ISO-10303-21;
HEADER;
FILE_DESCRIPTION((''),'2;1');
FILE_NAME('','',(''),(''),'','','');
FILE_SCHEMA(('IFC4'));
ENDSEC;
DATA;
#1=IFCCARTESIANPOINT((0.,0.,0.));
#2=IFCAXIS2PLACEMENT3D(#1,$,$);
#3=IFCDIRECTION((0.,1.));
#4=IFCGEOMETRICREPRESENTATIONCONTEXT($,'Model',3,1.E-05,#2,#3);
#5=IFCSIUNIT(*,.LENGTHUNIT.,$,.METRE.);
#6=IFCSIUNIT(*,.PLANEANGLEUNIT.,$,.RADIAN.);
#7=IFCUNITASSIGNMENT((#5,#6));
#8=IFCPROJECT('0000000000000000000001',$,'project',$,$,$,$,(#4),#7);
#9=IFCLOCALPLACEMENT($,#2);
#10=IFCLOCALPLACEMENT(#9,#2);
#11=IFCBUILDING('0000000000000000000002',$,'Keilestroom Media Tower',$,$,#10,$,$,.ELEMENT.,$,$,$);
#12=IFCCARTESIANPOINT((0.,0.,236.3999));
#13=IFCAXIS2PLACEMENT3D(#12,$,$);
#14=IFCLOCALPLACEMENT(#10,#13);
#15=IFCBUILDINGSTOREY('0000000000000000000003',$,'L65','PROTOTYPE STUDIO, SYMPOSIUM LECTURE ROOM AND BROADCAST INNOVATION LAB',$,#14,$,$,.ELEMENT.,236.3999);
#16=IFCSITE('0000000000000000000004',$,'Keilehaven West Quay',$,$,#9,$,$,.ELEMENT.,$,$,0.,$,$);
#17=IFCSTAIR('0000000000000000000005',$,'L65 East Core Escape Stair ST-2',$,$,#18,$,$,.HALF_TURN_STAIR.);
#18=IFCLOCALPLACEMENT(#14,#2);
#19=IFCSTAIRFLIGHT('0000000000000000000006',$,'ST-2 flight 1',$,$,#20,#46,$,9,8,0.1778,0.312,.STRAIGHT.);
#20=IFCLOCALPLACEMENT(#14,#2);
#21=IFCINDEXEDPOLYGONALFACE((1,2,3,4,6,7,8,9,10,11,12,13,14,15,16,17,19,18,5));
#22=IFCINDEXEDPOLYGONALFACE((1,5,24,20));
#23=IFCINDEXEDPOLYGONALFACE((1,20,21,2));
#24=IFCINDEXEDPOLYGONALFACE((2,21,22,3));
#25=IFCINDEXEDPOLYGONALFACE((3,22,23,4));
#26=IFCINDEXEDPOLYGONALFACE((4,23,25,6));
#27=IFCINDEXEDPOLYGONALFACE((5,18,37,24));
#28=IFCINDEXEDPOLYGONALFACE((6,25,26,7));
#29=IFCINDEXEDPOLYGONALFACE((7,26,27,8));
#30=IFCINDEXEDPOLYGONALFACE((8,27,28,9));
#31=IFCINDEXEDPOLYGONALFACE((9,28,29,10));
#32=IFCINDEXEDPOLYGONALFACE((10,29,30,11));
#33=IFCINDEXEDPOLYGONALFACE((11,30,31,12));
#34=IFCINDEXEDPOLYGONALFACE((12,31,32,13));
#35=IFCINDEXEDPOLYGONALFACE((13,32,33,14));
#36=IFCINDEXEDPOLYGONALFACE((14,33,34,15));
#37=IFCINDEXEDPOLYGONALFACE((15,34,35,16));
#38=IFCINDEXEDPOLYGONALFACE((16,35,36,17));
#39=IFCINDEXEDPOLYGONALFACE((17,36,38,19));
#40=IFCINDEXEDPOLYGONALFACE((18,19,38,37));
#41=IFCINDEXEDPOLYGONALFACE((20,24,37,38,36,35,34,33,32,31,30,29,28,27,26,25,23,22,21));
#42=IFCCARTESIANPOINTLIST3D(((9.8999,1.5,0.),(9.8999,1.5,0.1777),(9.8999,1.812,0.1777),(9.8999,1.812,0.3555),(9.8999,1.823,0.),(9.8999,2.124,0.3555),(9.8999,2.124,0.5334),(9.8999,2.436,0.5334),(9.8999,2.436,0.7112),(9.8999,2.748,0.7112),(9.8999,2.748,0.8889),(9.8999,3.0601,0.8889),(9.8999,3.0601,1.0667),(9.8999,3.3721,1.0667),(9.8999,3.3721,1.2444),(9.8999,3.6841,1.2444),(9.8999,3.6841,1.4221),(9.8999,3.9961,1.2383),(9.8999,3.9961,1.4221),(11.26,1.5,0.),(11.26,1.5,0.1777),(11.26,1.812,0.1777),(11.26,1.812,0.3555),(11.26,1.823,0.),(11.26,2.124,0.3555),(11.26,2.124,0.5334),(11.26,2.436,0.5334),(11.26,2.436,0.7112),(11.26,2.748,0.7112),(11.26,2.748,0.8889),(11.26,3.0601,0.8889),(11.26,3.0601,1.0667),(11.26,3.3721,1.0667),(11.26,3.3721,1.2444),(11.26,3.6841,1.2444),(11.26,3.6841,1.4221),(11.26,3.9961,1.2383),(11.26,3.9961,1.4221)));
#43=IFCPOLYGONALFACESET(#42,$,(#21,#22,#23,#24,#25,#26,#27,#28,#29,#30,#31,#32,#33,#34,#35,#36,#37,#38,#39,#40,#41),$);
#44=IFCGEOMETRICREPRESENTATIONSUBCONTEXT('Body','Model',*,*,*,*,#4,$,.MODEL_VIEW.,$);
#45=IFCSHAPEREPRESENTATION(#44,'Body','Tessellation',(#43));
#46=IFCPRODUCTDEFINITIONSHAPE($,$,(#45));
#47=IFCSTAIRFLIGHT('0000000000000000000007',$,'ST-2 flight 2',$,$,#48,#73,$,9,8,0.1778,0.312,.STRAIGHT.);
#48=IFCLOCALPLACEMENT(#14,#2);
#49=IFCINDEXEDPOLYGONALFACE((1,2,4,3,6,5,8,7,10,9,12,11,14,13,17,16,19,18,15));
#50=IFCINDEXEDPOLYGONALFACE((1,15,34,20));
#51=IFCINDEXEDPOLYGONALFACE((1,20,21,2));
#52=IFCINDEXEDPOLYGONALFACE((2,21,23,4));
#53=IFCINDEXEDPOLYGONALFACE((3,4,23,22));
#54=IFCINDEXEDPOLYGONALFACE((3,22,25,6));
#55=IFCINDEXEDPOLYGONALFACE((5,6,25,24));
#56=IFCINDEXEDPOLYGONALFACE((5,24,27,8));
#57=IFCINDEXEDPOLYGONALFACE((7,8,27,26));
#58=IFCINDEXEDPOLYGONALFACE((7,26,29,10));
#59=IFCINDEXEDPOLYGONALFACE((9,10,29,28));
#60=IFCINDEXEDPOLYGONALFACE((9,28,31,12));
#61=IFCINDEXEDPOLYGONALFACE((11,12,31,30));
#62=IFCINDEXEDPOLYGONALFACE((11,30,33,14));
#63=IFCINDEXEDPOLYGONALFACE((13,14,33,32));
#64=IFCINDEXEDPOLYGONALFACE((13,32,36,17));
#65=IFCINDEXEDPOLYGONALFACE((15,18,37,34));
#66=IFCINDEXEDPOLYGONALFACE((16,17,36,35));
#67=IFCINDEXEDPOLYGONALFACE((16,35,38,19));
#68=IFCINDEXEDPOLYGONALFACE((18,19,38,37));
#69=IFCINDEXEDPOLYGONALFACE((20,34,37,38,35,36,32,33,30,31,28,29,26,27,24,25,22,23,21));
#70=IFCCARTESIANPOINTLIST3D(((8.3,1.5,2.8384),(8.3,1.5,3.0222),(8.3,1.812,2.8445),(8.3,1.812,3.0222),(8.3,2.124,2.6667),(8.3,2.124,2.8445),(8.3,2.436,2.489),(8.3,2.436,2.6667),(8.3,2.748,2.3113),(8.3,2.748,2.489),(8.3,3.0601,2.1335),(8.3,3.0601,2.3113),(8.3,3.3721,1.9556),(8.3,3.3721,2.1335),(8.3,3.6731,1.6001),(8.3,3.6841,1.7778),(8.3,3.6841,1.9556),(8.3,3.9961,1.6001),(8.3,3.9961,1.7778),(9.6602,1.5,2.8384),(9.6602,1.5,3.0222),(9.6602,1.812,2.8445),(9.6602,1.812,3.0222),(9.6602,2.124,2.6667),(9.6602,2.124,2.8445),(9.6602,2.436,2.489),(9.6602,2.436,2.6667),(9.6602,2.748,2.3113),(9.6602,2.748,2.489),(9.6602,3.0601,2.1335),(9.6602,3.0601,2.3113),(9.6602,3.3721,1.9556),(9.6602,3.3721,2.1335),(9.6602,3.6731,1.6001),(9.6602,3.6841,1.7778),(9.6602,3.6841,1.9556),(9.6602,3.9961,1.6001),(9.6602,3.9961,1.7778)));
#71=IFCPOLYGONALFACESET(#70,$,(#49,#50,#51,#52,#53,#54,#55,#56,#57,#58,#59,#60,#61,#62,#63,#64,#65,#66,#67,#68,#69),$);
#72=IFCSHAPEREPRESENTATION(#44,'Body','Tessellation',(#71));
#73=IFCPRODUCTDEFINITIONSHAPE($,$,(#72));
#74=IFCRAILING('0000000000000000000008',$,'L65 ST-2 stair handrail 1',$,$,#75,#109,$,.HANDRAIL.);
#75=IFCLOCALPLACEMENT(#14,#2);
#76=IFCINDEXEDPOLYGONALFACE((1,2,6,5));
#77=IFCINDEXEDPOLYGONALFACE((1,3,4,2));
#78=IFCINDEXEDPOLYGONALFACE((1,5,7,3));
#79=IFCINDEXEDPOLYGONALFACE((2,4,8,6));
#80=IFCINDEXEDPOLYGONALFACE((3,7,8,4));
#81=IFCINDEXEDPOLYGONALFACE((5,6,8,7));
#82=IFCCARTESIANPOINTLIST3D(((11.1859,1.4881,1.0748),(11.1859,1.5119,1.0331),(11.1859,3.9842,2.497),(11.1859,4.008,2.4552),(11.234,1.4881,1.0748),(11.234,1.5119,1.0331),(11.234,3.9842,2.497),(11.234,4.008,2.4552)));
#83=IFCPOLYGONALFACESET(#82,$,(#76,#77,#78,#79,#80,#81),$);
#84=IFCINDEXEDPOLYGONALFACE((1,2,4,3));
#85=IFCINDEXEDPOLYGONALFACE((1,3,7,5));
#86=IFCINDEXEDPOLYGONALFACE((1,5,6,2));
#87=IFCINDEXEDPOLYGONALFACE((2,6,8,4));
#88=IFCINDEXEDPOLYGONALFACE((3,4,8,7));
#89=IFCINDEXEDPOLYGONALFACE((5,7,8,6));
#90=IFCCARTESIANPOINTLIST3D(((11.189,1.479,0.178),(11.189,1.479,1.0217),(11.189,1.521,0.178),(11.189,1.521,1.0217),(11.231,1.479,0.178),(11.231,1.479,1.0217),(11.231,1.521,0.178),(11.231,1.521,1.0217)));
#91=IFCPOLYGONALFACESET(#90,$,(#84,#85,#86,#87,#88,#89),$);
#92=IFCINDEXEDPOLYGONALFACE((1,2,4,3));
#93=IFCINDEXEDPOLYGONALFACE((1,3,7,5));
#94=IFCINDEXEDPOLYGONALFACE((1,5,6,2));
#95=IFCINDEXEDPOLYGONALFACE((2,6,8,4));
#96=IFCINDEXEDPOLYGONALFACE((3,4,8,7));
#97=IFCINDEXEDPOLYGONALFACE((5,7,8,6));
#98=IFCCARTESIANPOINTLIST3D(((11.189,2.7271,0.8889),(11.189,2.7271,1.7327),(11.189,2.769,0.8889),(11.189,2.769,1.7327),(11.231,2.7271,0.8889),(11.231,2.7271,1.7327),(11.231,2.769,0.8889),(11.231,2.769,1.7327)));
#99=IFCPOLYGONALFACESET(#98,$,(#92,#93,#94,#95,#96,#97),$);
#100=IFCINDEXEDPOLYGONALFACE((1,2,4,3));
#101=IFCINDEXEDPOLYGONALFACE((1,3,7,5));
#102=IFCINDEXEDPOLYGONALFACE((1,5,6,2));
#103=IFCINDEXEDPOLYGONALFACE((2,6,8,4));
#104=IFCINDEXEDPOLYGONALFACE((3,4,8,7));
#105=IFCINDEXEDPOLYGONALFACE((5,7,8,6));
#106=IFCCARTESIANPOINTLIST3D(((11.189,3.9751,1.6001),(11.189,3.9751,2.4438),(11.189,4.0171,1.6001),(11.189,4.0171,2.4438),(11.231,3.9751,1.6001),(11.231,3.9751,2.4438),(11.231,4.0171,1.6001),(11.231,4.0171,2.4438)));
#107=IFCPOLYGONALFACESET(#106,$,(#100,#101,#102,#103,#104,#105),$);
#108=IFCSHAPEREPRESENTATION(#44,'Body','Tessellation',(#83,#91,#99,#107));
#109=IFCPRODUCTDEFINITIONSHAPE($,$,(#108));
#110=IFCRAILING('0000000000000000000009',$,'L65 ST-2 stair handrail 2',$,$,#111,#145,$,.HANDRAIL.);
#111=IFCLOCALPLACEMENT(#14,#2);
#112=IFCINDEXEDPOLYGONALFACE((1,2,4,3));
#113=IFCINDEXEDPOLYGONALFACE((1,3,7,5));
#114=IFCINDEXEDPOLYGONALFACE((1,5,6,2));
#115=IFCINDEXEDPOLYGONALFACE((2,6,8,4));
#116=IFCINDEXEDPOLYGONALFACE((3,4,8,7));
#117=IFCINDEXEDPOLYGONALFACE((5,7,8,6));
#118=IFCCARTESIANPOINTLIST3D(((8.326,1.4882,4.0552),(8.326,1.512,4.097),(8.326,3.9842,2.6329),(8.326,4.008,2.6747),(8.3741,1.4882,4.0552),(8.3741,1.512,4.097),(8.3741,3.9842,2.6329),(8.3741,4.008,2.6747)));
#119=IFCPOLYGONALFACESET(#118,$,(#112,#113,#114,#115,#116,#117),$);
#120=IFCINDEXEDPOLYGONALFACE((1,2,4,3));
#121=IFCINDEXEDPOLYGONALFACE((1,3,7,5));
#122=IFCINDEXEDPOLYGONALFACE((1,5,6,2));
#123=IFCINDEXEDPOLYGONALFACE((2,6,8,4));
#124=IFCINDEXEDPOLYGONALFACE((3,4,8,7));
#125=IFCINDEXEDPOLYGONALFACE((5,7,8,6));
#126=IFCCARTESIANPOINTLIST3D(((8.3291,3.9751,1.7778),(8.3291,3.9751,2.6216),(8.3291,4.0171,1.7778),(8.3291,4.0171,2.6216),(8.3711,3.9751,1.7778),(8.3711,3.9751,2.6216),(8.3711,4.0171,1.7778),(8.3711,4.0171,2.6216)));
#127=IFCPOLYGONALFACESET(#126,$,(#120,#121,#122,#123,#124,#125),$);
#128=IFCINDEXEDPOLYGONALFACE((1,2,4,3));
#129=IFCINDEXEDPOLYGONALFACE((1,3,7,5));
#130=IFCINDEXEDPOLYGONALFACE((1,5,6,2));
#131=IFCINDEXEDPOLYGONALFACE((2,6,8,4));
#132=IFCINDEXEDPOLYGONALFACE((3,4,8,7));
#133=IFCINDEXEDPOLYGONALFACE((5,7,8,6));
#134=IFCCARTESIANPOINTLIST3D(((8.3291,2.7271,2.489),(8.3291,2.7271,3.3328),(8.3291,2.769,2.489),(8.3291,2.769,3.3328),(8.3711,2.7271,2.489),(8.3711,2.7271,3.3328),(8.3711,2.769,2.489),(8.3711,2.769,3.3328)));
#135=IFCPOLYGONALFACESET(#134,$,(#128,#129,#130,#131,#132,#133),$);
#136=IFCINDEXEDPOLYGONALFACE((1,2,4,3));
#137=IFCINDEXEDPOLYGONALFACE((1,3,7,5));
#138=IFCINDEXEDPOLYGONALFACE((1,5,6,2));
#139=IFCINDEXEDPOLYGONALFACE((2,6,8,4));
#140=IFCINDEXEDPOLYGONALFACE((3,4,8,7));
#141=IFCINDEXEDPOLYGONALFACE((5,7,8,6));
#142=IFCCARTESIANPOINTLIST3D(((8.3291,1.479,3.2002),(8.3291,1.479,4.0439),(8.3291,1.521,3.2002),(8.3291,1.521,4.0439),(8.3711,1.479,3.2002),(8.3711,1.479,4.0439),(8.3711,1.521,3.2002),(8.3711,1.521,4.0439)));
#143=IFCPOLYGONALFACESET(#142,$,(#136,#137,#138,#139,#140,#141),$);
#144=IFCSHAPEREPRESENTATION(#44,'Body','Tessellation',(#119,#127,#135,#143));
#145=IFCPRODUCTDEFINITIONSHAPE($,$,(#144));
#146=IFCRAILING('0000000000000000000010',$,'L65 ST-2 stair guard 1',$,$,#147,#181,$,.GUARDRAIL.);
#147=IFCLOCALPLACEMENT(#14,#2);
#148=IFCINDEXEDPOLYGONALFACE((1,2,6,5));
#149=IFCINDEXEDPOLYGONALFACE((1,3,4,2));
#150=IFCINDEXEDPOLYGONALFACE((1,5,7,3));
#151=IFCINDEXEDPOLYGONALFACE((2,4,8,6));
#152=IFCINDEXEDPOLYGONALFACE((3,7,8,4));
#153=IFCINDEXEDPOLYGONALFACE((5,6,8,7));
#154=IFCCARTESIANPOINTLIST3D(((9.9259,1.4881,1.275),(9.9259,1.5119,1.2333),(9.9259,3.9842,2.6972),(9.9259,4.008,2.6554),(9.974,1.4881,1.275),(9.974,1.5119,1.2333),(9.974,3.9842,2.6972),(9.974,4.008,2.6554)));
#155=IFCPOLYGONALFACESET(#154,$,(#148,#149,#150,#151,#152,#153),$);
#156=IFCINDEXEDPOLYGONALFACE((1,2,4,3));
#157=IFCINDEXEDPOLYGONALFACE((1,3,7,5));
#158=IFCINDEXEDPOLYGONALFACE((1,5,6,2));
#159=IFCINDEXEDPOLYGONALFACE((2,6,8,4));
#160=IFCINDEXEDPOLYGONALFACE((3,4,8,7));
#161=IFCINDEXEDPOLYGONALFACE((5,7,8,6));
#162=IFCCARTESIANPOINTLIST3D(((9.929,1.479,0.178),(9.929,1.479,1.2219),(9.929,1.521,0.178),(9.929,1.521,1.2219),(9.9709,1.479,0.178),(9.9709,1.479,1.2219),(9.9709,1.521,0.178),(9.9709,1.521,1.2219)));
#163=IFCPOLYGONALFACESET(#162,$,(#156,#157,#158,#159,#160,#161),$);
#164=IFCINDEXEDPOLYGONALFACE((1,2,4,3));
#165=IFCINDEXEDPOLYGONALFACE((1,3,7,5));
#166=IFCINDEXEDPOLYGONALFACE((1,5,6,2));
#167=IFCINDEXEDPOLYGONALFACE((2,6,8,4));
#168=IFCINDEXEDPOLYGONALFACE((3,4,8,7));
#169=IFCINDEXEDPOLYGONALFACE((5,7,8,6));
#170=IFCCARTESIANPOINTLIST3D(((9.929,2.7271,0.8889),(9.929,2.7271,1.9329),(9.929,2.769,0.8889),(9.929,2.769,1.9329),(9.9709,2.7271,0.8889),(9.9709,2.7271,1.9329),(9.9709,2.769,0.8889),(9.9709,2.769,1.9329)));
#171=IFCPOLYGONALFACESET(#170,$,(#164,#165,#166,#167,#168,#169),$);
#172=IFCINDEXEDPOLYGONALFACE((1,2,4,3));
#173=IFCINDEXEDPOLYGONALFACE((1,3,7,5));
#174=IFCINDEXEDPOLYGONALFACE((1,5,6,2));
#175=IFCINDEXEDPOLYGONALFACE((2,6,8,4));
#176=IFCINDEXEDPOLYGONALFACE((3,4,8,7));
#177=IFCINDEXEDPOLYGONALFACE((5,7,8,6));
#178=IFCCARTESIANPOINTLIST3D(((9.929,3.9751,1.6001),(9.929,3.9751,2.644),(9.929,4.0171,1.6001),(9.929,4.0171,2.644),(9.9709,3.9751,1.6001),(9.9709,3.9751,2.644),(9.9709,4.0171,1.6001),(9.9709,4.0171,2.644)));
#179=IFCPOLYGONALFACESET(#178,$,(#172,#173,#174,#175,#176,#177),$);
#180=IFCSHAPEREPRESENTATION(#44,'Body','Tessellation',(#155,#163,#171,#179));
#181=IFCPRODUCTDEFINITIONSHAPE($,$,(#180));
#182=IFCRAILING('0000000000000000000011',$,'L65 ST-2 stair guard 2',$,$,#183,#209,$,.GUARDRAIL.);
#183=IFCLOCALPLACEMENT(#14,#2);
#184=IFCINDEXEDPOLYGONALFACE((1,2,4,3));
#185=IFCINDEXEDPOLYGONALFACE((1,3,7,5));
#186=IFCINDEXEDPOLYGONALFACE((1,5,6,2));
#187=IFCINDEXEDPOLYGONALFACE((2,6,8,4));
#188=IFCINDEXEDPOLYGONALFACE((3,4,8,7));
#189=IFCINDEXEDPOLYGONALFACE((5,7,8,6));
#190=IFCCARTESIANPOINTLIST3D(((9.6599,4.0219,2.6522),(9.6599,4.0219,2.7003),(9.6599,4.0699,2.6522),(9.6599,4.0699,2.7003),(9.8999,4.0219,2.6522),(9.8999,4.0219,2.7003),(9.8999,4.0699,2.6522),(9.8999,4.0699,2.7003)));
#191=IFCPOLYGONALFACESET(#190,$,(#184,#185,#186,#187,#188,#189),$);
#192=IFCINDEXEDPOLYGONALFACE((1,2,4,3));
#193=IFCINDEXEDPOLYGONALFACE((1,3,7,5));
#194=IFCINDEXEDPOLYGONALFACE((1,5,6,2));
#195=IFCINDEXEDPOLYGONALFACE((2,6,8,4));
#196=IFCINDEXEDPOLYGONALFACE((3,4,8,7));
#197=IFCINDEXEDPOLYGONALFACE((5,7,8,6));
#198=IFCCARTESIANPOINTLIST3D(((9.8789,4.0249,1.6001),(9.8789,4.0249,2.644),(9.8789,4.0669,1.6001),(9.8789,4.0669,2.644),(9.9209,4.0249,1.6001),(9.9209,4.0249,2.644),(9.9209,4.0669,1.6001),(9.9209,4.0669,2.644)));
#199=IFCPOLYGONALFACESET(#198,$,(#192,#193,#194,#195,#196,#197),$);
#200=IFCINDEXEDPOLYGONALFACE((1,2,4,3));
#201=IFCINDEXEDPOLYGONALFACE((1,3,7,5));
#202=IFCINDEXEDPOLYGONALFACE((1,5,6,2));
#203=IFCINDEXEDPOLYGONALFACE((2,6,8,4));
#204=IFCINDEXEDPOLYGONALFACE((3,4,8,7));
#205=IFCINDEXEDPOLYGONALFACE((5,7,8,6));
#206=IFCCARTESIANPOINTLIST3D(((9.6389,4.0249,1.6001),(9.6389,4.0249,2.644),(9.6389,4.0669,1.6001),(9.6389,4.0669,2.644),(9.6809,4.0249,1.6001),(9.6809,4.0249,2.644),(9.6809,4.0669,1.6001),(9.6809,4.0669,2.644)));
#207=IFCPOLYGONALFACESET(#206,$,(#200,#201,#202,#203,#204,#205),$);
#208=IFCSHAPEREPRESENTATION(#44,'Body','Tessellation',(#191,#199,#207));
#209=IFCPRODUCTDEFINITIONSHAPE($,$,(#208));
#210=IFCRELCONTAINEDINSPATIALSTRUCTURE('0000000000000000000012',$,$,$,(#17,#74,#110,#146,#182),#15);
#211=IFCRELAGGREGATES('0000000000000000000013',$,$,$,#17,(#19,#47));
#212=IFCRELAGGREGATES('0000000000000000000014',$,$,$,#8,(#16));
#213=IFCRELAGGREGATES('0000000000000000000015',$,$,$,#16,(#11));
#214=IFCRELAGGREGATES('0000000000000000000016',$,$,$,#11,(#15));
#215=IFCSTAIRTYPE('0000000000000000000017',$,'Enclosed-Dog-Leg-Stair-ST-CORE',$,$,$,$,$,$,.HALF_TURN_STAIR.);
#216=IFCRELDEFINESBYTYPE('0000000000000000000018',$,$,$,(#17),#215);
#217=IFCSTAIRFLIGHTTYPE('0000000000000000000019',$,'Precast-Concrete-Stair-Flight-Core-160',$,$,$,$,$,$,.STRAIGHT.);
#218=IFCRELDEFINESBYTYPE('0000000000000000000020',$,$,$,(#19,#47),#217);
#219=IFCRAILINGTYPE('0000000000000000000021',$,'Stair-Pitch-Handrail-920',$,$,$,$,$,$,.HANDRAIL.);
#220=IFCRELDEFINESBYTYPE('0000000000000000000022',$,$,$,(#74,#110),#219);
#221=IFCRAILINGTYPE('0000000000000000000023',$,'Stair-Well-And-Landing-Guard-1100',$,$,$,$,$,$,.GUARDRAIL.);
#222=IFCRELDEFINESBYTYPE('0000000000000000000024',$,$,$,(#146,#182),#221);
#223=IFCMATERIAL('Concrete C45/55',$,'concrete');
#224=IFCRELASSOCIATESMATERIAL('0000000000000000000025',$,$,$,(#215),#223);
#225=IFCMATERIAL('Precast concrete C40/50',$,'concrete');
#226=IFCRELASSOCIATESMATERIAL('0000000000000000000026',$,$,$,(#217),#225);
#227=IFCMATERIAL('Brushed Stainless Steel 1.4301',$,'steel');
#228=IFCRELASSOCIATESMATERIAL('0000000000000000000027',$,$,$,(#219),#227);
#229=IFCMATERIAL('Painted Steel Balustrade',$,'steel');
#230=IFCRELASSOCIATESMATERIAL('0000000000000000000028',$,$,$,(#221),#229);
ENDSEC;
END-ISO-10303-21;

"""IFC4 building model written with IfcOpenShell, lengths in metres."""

from ifc_helpers import new_model, si_unit, direction, frame, origin, origin_2d, place, context, subcontext, project, spatial, polyline, rectangle, outline, extrude, material, type_object, element, aggregate, save


model = new_model("IFC4")

# Units and contexts
model_context = context("Model", 3, precision=1e-05, world=origin(), true_north=direction((0.0, 1.0)))
body_context = subcontext(model_context, "Body", "Model", "MODEL_VIEW")
ifc_project = project(units=[si_unit("LENGTHUNIT", "METRE"), si_unit("PLANEANGLEUNIT", "RADIAN")], contexts=[model_context])

# Site, building, storey
site_placement = place(None, origin())
site = spatial("IfcSite", under=ifc_project, at=site_placement, Name="Keilehaven West Quay", CompositionType="ELEMENT", RefElevation=0.0)
building_placement = place(site_placement, origin())
building = spatial("IfcBuilding", under=site, at=building_placement, Name="Keilestroom Media Tower", CompositionType="ELEMENT")
storey_placement = place(building_placement, frame((0.0, 0.0, 236.3999)))
storey = spatial("IfcBuildingStorey", under=building, at=storey_placement, Name="L65", Description="PROTOTYPE STUDIO, SYMPOSIUM LECTURE ROOM AND BROADCAST INNOVATION LAB", CompositionType="ELEMENT", Elevation=236.3999)

# Stair
ifc_material_1 = material(Name="Concrete C45/55", Category="concrete")
stair_type = type_object("IfcStairType", Name="Enclosed-Dog-Leg-Stair-ST-CORE", PredefinedType="HALF_TURN_STAIR", material=ifc_material_1)
stair_placement = place(storey_placement, origin())
stair = element("IfcStair", 1, at=stair_placement, inside=storey, type_object=stair_type, Name="L65 East Core Escape Stair ST-2", PredefinedType="HALF_TURN_STAIR")

# Stair flights
ifc_material_2 = material(Name="Precast concrete C40/50", Category="concrete")
stair_flight_type = type_object("IfcStairFlightType", Name="Precast-Concrete-Stair-Flight-Core-160", PredefinedType="STRAIGHT", material=ifc_material_2)
stair_flight_1_placement = place(storey_placement, frame((10.5801, 1.5, 0.0), z_axis=(0.0, 0.0, 1.0), x_axis=(0.0, 1.0, 0.0)))
stair_flight_1 = element("IfcStairFlight", 2, at=stair_flight_1_placement, type_object=stair_flight_type, Name="ST-2 flight 1", NumberOfRisers=9, NumberOfTreads=8, PredefinedType="STRAIGHT", RiserHeight=0.1778, TreadLength=0.312, context=body_context, shape_type="SweptSolid", body=[
    extrude(outline(polyline([(0.0, 0.0), (0.0, 0.1777), (0.312, 0.1777), (0.312, 0.3555), (0.624, 0.3555), (0.624, 0.5334), (0.936, 0.5334), (0.936, 0.7112), (1.248, 0.7112), (1.248, 0.8889), (1.5601, 0.8889), (1.5601, 1.0667), (1.8721, 1.0667), (1.8721, 1.2444), (2.1841, 1.2444), (2.1841, 1.4221), (2.4961, 1.4221), (2.4961, 1.6001), (2.4961, 1.2383), (0.323, 0.0), (0.0, 0.0)])), frame((0.0, 0.6802, 0.0), z_axis=(0.0, -1.0, 0.0), x_axis=(1.0, 0.0, 0.0)), (0.0, 0.0, 1.0), 1.3601),
])
stair_flight_2_placement = place(storey_placement, frame((8.98, 3.9961, 1.6001), z_axis=(0.0, 0.0, 1.0), x_axis=(0.0, -1.0, 0.0)))
stair_flight_2 = element("IfcStairFlight", 3, at=stair_flight_2_placement, type_object=stair_flight_type, Name="ST-2 flight 2", NumberOfRisers=9, NumberOfTreads=8, PredefinedType="STRAIGHT", RiserHeight=0.1778, TreadLength=0.312, context=body_context, shape_type="SweptSolid", body=[
    extrude(outline(polyline([(0.0, 0.0), (0.0, 0.1777), (0.312, 0.1777), (0.312, 0.3555), (0.624, 0.3555), (0.624, 0.5334), (0.936, 0.5334), (0.936, 0.7112), (1.248, 0.7112), (1.248, 0.8889), (1.5601, 0.8889), (1.5601, 1.0667), (1.8721, 1.0667), (1.8721, 1.2444), (2.1841, 1.2444), (2.1841, 1.4221), (2.4961, 1.4221), (2.4961, 1.6001), (2.4961, 1.2383), (0.323, 0.0), (0.0, 0.0)])), frame((0.0, 0.6802, 0.0), z_axis=(0.0, -1.0, 0.0), x_axis=(1.0, 0.0, 0.0)), (0.0, 0.0, 1.0), 1.3601),
])
aggregate(stair, [stair_flight_1, stair_flight_2])

# Railings
ifc_material_3 = material(Name="Brushed Stainless Steel 1.4301", Category="steel")
railing_type_1 = type_object("IfcRailingType", Name="Stair-Pitch-Handrail-920", PredefinedType="HANDRAIL", material=ifc_material_3)
railing_1_placement = place(storey_placement, frame((11.21, 1.5, 0.178)))
element("IfcRailing", 4, at=railing_1_placement, inside=storey, type_object=railing_type_1, Name="L65 ST-2 stair handrail 1", PredefinedType="HANDRAIL", context=body_context, shape_type="SweptSolid", body=[
    extrude(rectangle(XDim=0.0481, YDim=0.0481, at=origin_2d()), frame((0.0, 0.0, 0.876), z_axis=(0.0, 0.868875, 0.495031), x_axis=(-1.0, 0.0, 0.0)), (0.0, 0.0, 1.0), 2.8728),
    extrude(rectangle(XDim=0.042, YDim=0.042, at=origin_2d()), origin(), (0.0, 0.0, 1.0), 0.8438),
    extrude(rectangle(XDim=0.042, YDim=0.042, at=origin_2d()), frame((0.0, 1.248, 0.7109)), (0.0, 0.0, 1.0), 0.8438),
    extrude(rectangle(XDim=0.042, YDim=0.042, at=origin_2d()), frame((0.0, 2.4961, 1.4221)), (0.0, 0.0, 1.0), 0.8438),
])
railing_2_placement = place(storey_placement, frame((8.3501, 3.9961, 1.7778)))
element("IfcRailing", 5, at=railing_2_placement, inside=storey, type_object=railing_type_1, Name="L65 ST-2 stair handrail 2", PredefinedType="HANDRAIL", context=body_context, shape_type="SweptSolid", body=[
    extrude(rectangle(XDim=0.0481, YDim=0.0481, at=origin_2d()), frame((0.0, 0.0, 0.876), z_axis=(0.0, -0.868839, 0.495095), x_axis=(1.0, 0.0, 0.0)), (0.0, 0.0, 1.0), 2.8728),
    extrude(rectangle(XDim=0.042, YDim=0.042, at=origin_2d()), origin(), (0.0, 0.0, 1.0), 0.8438),
    extrude(rectangle(XDim=0.042, YDim=0.042, at=origin_2d()), frame((0.0, -1.248, 0.7112)), (0.0, 0.0, 1.0), 0.8438),
    extrude(rectangle(XDim=0.042, YDim=0.042, at=origin_2d()), frame((0.0, -2.4961, 1.4224)), (0.0, 0.0, 1.0), 0.8438),
])
ifc_material_4 = material(Name="Painted Steel Balustrade", Category="steel")
railing_type_2 = type_object("IfcRailingType", Name="Stair-Well-And-Landing-Guard-1100", PredefinedType="GUARDRAIL", material=ifc_material_4)
railing_3_placement = place(storey_placement, frame((9.95, 1.5, 0.178)))
element("IfcRailing", 6, at=railing_3_placement, inside=storey, type_object=railing_type_2, Name="L65 ST-2 stair guard 1", PredefinedType="GUARDRAIL", context=body_context, shape_type="SweptSolid", body=[
    extrude(rectangle(XDim=0.0481, YDim=0.0481, at=origin_2d()), frame((0.0, 0.0, 1.0762), z_axis=(0.0, 0.868875, 0.495031), x_axis=(-1.0, 0.0, 0.0)), (0.0, 0.0, 1.0), 2.8728),
    extrude(rectangle(XDim=0.042, YDim=0.042, at=origin_2d()), origin(), (0.0, 0.0, 1.0), 1.0439),
    extrude(rectangle(XDim=0.042, YDim=0.042, at=origin_2d()), frame((0.0, 1.248, 0.7109)), (0.0, 0.0, 1.0), 1.0439),
    extrude(rectangle(XDim=0.042, YDim=0.042, at=origin_2d()), frame((0.0, 2.4961, 1.4221)), (0.0, 0.0, 1.0), 1.0439),
])
railing_4_placement = place(storey_placement, frame((9.8999, 4.0459, 1.6001)))
element("IfcRailing", 7, at=railing_4_placement, inside=storey, type_object=railing_type_2, Name="L65 ST-2 stair guard 2", PredefinedType="GUARDRAIL", context=body_context, shape_type="SweptSolid", body=[
    extrude(rectangle(XDim=0.0481, YDim=0.0481, at=origin_2d()), frame((0.0, 0.0, 1.0762), z_axis=(-1.0, 0.0, 0.0), x_axis=(0.0, -1.0, 0.0)), (0.0, 0.0, 1.0), 0.24),
    extrude(rectangle(XDim=0.042, YDim=0.042, at=origin_2d()), origin(), (0.0, 0.0, 1.0), 1.0439),
    extrude(rectangle(XDim=0.042, YDim=0.042, at=origin_2d()), frame((-0.24, 0.0, 0.0)), (0.0, 0.0, 1.0), 1.0439),
])

save(model, "model.ifc")
